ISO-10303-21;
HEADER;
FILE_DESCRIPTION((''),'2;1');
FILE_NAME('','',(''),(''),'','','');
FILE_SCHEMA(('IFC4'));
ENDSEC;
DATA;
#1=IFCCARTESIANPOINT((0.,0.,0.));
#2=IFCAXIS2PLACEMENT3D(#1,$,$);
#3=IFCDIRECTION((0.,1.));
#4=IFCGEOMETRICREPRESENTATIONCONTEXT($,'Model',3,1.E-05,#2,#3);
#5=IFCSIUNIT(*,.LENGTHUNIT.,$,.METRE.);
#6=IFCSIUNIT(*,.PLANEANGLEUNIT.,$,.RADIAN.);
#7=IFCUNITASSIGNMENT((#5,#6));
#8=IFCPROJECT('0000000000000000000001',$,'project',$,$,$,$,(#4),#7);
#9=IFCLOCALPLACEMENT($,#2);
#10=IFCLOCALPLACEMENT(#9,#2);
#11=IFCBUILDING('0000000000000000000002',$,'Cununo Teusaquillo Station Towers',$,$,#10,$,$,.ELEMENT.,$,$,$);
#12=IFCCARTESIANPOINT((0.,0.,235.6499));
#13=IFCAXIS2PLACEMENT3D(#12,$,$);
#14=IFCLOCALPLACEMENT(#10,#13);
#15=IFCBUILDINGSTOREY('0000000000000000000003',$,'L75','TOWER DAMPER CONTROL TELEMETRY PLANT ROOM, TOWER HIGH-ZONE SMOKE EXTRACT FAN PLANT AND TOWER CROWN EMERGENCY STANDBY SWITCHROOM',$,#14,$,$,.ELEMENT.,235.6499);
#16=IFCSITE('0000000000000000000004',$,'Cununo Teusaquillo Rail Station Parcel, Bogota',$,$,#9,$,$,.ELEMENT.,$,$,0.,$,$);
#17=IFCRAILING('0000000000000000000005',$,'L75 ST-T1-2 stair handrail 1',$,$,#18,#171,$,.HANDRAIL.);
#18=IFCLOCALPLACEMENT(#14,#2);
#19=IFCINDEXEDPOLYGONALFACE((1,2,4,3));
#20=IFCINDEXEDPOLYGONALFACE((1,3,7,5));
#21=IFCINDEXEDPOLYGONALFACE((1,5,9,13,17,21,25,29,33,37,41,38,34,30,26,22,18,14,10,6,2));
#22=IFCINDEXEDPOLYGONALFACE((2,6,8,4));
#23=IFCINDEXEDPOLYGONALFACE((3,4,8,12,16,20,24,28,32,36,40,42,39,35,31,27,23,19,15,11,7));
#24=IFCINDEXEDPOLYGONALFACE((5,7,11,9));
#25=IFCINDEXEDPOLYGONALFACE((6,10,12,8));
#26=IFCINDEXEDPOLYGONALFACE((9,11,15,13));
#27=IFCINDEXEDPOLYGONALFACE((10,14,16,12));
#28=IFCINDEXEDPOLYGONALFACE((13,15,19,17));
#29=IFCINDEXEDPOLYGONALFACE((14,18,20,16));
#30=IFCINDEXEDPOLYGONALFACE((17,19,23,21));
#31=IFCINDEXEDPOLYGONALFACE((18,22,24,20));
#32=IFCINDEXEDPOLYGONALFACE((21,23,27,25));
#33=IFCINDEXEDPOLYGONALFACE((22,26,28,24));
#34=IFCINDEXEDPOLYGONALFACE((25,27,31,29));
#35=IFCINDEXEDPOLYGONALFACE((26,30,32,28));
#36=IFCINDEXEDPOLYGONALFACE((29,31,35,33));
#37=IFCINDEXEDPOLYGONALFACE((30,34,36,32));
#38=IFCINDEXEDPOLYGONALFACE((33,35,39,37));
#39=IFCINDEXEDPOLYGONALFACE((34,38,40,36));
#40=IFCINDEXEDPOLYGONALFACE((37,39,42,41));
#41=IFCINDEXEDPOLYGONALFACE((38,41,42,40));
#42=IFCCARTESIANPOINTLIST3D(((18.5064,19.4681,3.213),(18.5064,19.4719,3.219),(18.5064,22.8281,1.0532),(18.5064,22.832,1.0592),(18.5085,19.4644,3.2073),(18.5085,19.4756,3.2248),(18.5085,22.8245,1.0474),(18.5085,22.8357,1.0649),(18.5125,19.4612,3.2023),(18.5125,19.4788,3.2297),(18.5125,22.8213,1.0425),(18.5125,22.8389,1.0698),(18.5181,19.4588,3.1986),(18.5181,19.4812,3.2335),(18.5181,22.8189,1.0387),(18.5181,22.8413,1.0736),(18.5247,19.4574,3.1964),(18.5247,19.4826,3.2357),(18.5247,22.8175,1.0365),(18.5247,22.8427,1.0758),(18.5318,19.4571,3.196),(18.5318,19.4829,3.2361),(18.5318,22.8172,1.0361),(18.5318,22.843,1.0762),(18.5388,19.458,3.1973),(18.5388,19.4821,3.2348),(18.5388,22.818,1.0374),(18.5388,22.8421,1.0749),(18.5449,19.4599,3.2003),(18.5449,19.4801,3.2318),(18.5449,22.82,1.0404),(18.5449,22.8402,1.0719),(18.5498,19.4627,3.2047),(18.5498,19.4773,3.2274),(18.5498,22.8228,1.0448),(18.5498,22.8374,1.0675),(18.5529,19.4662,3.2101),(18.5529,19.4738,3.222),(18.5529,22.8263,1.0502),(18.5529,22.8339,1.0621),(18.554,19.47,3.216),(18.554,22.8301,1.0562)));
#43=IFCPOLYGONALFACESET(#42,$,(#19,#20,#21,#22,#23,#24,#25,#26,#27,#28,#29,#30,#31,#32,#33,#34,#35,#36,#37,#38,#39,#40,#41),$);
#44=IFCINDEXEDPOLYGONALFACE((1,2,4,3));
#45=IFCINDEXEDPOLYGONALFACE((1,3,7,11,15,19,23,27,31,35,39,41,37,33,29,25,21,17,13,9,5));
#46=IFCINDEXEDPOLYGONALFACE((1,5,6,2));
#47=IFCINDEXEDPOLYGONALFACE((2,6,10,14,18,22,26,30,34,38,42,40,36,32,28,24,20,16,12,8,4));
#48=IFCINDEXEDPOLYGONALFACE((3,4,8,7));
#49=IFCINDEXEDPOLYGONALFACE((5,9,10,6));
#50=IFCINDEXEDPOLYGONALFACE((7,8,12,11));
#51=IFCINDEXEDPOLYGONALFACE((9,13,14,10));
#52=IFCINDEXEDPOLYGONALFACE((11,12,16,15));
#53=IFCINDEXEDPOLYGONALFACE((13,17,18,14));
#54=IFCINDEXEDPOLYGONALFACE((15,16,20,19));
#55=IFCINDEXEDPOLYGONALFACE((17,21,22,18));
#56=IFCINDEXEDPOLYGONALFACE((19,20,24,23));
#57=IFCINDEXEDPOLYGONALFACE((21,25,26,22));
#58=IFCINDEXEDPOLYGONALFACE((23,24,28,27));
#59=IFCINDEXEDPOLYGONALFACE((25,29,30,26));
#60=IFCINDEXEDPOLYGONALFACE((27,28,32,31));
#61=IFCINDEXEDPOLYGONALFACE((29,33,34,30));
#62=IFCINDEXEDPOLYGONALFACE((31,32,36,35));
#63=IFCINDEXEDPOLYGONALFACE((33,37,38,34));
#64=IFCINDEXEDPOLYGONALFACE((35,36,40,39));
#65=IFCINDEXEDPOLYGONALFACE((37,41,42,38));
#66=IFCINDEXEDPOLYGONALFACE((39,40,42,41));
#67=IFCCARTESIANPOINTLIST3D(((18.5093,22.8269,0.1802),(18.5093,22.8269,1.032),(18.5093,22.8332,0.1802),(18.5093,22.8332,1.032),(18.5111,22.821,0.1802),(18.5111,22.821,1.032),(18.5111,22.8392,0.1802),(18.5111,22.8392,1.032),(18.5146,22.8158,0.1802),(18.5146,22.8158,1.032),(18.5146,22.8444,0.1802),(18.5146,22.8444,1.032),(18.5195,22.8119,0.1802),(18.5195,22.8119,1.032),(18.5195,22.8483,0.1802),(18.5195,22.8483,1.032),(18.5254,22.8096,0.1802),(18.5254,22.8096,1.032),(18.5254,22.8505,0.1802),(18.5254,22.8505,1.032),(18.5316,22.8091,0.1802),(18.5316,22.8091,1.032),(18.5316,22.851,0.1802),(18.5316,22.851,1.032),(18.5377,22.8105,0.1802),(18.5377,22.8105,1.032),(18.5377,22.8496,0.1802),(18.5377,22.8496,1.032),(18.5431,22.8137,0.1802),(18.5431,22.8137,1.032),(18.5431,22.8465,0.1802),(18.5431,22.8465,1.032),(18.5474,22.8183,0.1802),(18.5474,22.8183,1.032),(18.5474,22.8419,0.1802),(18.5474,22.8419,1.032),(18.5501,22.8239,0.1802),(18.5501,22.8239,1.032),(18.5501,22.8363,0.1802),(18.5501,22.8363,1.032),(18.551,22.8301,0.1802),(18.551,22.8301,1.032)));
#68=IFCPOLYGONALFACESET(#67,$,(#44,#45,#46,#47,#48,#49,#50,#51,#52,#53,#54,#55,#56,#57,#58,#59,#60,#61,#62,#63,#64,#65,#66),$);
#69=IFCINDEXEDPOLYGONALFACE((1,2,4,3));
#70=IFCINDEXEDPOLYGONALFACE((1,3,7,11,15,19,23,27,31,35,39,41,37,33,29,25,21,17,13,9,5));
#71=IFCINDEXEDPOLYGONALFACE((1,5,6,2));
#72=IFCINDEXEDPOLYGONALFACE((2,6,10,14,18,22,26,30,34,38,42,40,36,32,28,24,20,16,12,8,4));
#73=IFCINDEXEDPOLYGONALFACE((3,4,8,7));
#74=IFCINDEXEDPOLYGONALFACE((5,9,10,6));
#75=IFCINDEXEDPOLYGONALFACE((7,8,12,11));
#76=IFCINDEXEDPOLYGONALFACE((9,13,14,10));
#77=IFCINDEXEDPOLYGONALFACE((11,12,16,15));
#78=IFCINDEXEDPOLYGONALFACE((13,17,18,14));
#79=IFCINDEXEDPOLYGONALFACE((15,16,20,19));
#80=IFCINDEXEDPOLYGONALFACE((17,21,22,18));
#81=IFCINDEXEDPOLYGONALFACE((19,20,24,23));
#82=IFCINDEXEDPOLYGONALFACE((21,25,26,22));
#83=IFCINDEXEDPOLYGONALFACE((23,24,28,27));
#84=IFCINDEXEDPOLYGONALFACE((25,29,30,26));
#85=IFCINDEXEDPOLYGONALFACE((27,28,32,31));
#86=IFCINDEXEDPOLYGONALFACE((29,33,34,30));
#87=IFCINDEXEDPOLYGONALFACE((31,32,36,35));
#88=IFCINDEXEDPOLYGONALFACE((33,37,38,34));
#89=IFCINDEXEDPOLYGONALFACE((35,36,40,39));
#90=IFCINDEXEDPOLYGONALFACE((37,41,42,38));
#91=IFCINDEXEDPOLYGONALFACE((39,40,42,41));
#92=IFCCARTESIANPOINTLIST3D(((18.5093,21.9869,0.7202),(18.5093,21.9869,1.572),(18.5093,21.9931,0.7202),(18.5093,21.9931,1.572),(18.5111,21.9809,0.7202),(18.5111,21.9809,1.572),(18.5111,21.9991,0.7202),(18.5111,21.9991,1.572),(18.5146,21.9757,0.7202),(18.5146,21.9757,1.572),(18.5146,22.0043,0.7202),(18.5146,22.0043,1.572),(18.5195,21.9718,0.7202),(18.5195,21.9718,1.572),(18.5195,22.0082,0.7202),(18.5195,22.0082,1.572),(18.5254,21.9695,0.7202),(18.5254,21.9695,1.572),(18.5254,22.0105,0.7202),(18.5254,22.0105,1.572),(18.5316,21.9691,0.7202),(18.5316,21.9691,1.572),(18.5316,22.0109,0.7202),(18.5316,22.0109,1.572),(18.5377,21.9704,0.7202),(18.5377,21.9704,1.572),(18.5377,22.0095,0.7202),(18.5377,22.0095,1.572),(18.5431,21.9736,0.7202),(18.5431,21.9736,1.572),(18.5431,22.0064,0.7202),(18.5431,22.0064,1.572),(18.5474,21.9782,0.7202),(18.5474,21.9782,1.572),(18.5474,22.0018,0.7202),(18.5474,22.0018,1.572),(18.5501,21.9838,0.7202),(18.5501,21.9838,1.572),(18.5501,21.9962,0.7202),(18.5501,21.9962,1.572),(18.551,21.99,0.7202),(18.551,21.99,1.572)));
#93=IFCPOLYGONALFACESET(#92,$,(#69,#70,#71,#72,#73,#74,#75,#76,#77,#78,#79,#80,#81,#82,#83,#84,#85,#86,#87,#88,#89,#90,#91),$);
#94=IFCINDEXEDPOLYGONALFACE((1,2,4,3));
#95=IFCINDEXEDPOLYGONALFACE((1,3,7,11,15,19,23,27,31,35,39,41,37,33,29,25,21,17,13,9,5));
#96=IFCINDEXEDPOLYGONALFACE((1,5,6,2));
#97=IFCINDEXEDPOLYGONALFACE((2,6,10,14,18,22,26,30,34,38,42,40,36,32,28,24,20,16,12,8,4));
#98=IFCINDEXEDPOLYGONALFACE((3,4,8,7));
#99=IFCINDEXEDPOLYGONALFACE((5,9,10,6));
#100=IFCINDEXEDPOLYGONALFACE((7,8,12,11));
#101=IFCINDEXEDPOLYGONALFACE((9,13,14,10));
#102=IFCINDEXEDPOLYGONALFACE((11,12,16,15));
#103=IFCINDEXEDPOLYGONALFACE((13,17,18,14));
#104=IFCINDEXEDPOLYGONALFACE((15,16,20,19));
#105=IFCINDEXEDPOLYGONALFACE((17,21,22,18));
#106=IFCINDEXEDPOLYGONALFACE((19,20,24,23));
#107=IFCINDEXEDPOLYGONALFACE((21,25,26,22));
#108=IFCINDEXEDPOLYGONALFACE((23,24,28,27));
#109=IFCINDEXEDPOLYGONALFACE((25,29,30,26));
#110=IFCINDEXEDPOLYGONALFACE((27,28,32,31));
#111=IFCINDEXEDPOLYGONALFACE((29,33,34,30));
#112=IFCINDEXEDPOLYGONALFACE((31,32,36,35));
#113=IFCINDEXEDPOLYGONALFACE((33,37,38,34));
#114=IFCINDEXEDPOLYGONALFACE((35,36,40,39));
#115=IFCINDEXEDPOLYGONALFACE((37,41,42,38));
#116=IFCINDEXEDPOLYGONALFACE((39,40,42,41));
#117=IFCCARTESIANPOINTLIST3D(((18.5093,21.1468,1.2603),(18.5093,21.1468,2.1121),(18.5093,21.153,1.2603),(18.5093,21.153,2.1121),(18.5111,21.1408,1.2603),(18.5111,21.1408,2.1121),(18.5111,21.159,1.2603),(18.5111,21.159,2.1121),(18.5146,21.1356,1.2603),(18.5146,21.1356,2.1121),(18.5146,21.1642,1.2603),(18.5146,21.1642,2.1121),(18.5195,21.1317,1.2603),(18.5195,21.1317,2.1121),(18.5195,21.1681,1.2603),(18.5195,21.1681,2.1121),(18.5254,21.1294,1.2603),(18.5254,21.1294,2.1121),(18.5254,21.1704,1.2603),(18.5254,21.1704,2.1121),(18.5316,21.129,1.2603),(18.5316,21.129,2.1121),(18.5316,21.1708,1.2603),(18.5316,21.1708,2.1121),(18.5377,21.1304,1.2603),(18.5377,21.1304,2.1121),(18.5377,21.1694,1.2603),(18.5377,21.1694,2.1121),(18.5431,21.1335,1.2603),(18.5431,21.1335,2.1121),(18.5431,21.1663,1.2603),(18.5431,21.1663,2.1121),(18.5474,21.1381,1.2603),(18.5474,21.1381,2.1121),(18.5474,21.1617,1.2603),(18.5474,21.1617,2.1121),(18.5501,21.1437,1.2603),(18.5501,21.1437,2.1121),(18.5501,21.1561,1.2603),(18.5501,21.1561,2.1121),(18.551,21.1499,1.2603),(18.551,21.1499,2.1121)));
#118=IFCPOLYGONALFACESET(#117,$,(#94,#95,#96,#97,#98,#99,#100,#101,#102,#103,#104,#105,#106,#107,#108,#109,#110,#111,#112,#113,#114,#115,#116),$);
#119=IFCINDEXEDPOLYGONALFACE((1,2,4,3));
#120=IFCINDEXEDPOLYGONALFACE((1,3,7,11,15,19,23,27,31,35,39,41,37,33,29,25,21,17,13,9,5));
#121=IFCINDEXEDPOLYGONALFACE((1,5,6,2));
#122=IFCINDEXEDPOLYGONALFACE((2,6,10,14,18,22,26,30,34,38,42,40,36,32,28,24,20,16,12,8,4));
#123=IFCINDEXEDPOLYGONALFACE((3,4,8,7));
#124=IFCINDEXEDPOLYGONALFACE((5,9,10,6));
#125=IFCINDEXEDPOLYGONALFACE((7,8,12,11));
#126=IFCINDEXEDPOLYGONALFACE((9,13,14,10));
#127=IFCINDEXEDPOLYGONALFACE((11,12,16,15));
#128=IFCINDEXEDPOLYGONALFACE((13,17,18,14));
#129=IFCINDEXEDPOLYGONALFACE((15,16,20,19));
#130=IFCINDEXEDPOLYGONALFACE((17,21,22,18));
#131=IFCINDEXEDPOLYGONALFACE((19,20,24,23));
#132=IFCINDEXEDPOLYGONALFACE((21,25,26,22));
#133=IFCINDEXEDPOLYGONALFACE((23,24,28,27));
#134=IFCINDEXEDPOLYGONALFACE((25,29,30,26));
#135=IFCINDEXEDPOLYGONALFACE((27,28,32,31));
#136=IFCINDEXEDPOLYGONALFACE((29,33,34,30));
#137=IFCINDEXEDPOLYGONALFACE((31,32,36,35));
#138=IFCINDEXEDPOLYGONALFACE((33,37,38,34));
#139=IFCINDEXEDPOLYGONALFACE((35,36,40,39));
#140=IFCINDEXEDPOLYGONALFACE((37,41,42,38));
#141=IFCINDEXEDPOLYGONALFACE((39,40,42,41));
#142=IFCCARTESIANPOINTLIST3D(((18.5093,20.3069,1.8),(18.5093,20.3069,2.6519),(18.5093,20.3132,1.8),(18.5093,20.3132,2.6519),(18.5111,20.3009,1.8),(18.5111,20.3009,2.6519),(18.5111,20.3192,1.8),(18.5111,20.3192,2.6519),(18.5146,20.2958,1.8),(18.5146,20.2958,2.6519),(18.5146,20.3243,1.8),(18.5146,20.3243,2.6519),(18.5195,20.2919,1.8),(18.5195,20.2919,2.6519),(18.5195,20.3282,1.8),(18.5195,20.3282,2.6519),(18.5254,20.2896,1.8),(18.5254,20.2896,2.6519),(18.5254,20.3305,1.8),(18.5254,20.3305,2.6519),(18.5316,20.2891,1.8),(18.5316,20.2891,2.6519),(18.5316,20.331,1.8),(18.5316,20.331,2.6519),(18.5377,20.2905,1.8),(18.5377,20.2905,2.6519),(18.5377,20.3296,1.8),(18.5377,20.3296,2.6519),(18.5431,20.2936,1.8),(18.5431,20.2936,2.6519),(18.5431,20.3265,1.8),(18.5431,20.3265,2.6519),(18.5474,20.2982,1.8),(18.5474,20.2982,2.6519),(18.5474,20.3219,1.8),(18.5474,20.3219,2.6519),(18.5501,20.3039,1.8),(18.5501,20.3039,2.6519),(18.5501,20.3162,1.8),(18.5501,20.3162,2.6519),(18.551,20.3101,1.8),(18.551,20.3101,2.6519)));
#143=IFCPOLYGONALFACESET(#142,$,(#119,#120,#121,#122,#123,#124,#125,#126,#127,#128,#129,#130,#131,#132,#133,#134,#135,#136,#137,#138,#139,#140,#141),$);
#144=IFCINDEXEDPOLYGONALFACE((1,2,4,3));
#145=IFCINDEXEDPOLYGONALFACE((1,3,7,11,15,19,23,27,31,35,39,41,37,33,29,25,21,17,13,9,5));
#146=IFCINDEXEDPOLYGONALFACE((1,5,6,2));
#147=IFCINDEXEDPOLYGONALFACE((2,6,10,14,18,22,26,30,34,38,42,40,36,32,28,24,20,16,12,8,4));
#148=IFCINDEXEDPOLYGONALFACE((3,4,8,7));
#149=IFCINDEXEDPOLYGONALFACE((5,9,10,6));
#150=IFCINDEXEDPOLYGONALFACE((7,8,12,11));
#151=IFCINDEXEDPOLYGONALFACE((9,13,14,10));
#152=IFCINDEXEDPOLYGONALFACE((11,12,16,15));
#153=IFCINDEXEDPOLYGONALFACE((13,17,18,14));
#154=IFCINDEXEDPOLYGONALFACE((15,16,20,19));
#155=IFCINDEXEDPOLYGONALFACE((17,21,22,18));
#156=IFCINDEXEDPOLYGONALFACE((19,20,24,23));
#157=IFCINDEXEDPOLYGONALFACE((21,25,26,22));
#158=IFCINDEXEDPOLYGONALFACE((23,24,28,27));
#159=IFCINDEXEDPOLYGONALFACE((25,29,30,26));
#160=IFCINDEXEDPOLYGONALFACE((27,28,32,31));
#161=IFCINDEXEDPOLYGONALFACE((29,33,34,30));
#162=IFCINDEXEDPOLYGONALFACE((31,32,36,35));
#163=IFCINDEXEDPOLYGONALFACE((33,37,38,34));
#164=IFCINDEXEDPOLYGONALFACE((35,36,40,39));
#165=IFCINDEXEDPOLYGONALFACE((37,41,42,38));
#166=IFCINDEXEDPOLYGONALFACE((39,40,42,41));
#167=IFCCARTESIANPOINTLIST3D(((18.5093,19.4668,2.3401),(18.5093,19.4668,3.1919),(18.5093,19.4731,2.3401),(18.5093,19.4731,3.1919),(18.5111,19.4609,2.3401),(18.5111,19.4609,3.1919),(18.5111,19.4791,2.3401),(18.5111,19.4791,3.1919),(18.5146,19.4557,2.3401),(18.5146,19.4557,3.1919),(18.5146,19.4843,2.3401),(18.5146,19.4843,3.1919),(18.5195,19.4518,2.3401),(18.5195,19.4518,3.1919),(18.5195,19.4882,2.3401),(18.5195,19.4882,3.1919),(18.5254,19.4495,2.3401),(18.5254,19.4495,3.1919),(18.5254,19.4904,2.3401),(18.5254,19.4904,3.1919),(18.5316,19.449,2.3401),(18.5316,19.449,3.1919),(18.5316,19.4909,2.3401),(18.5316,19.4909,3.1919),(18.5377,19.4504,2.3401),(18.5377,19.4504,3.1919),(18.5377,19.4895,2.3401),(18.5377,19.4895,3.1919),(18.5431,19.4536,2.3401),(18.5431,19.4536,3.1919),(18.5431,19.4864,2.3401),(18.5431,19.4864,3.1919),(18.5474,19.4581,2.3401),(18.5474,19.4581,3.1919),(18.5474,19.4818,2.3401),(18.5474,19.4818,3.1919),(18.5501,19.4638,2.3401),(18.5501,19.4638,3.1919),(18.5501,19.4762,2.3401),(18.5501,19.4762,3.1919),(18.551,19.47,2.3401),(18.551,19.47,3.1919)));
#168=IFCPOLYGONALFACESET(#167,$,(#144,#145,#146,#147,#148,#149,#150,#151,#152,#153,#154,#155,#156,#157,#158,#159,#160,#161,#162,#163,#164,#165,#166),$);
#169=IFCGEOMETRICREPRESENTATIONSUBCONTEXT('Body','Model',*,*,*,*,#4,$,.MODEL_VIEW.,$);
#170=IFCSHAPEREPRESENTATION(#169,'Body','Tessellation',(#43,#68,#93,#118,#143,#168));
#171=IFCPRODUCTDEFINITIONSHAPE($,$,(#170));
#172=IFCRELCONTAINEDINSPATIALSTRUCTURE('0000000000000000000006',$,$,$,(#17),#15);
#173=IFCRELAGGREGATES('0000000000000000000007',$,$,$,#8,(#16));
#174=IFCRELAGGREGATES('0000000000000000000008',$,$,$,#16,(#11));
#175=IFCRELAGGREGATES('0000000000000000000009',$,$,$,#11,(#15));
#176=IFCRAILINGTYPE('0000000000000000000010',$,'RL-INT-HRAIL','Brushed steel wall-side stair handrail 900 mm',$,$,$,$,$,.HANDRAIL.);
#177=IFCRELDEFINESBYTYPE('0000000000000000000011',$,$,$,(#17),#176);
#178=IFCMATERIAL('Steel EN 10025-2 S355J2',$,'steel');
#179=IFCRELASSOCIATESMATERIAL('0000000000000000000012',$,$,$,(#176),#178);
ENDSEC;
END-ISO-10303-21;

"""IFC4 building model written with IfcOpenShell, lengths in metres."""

from ifc_helpers import new_model, si_unit, direction, frame, origin, origin_2d, place, context, subcontext, project, spatial, circle, extrude, material, type_object, element, save


model = new_model("IFC4")

# Units and contexts
model_context = context("Model", 3, precision=1e-05, world=origin(), true_north=direction((0.0, 1.0)))
body_context = subcontext(model_context, "Body", "Model", "MODEL_VIEW")
ifc_project = project(units=[si_unit("LENGTHUNIT", "METRE"), si_unit("PLANEANGLEUNIT", "RADIAN")], contexts=[model_context])

# Site, building, storey
site_placement = place(None, origin())
site = spatial("IfcSite", under=ifc_project, at=site_placement, Name="Cununo Teusaquillo Rail Station Parcel, Bogota", CompositionType="ELEMENT", RefElevation=0.0)
building_placement = place(site_placement, origin())
building = spatial("IfcBuilding", under=site, at=building_placement, Name="Cununo Teusaquillo Station Towers", CompositionType="ELEMENT")
storey_placement = place(building_placement, frame((0.0, 0.0, 235.6499)))
storey = spatial("IfcBuildingStorey", under=building, at=storey_placement, Name="L75", Description="TOWER DAMPER CONTROL TELEMETRY PLANT ROOM, TOWER HIGH-ZONE SMOKE EXTRACT FAN PLANT AND TOWER CROWN EMERGENCY STANDBY SWITCHROOM", CompositionType="ELEMENT", Elevation=235.6499)

# Railing
ifc_material_1 = material(Name="Steel EN 10025-2 S355J2", Category="steel")
railing_type_1 = type_object("IfcRailingType", Name="RL-INT-HRAIL", Description="Brushed steel wall-side stair handrail 900 mm", PredefinedType="HANDRAIL", material=ifc_material_1)
railing_1_placement = place(storey_placement, frame((18.53, 22.8301, 0.1802)))
element("IfcRailing", 1, at=railing_1_placement, inside=storey, type_object=railing_type_1, Name="L75 ST-T1-2 stair handrail 1", PredefinedType="HANDRAIL", context=body_context, shape_type="SweptSolid", body=[
    extrude(circle(Radius=0.0239, at=origin_2d()), frame((0.0, 0.0, 0.876), z_axis=(0.0, -0.841196, 0.54073), x_axis=(1.0, 0.0, 0.0)), (0.0, 0.0, 1.0), 3.9944),
    extrude(circle(Radius=0.021, at=origin_2d()), origin(), (0.0, 0.0, 1.0), 0.8518),
    extrude(circle(Radius=0.021, at=origin_2d()), frame((0.0, -0.8401, 0.54)), (0.0, 0.0, 1.0), 0.8518),
    extrude(circle(Radius=0.021, at=origin_2d()), frame((0.0, -1.6802, 1.0801)), (0.0, 0.0, 1.0), 0.8518),
    extrude(circle(Radius=0.021, at=origin_2d()), frame((0.0, -2.52, 1.6199)), (0.0, 0.0, 1.0), 0.8518),
    extrude(circle(Radius=0.021, at=origin_2d()), frame((0.0, -3.3601, 2.1599)), (0.0, 0.0, 1.0), 0.8518),
])

save(model, "model.ifc")
